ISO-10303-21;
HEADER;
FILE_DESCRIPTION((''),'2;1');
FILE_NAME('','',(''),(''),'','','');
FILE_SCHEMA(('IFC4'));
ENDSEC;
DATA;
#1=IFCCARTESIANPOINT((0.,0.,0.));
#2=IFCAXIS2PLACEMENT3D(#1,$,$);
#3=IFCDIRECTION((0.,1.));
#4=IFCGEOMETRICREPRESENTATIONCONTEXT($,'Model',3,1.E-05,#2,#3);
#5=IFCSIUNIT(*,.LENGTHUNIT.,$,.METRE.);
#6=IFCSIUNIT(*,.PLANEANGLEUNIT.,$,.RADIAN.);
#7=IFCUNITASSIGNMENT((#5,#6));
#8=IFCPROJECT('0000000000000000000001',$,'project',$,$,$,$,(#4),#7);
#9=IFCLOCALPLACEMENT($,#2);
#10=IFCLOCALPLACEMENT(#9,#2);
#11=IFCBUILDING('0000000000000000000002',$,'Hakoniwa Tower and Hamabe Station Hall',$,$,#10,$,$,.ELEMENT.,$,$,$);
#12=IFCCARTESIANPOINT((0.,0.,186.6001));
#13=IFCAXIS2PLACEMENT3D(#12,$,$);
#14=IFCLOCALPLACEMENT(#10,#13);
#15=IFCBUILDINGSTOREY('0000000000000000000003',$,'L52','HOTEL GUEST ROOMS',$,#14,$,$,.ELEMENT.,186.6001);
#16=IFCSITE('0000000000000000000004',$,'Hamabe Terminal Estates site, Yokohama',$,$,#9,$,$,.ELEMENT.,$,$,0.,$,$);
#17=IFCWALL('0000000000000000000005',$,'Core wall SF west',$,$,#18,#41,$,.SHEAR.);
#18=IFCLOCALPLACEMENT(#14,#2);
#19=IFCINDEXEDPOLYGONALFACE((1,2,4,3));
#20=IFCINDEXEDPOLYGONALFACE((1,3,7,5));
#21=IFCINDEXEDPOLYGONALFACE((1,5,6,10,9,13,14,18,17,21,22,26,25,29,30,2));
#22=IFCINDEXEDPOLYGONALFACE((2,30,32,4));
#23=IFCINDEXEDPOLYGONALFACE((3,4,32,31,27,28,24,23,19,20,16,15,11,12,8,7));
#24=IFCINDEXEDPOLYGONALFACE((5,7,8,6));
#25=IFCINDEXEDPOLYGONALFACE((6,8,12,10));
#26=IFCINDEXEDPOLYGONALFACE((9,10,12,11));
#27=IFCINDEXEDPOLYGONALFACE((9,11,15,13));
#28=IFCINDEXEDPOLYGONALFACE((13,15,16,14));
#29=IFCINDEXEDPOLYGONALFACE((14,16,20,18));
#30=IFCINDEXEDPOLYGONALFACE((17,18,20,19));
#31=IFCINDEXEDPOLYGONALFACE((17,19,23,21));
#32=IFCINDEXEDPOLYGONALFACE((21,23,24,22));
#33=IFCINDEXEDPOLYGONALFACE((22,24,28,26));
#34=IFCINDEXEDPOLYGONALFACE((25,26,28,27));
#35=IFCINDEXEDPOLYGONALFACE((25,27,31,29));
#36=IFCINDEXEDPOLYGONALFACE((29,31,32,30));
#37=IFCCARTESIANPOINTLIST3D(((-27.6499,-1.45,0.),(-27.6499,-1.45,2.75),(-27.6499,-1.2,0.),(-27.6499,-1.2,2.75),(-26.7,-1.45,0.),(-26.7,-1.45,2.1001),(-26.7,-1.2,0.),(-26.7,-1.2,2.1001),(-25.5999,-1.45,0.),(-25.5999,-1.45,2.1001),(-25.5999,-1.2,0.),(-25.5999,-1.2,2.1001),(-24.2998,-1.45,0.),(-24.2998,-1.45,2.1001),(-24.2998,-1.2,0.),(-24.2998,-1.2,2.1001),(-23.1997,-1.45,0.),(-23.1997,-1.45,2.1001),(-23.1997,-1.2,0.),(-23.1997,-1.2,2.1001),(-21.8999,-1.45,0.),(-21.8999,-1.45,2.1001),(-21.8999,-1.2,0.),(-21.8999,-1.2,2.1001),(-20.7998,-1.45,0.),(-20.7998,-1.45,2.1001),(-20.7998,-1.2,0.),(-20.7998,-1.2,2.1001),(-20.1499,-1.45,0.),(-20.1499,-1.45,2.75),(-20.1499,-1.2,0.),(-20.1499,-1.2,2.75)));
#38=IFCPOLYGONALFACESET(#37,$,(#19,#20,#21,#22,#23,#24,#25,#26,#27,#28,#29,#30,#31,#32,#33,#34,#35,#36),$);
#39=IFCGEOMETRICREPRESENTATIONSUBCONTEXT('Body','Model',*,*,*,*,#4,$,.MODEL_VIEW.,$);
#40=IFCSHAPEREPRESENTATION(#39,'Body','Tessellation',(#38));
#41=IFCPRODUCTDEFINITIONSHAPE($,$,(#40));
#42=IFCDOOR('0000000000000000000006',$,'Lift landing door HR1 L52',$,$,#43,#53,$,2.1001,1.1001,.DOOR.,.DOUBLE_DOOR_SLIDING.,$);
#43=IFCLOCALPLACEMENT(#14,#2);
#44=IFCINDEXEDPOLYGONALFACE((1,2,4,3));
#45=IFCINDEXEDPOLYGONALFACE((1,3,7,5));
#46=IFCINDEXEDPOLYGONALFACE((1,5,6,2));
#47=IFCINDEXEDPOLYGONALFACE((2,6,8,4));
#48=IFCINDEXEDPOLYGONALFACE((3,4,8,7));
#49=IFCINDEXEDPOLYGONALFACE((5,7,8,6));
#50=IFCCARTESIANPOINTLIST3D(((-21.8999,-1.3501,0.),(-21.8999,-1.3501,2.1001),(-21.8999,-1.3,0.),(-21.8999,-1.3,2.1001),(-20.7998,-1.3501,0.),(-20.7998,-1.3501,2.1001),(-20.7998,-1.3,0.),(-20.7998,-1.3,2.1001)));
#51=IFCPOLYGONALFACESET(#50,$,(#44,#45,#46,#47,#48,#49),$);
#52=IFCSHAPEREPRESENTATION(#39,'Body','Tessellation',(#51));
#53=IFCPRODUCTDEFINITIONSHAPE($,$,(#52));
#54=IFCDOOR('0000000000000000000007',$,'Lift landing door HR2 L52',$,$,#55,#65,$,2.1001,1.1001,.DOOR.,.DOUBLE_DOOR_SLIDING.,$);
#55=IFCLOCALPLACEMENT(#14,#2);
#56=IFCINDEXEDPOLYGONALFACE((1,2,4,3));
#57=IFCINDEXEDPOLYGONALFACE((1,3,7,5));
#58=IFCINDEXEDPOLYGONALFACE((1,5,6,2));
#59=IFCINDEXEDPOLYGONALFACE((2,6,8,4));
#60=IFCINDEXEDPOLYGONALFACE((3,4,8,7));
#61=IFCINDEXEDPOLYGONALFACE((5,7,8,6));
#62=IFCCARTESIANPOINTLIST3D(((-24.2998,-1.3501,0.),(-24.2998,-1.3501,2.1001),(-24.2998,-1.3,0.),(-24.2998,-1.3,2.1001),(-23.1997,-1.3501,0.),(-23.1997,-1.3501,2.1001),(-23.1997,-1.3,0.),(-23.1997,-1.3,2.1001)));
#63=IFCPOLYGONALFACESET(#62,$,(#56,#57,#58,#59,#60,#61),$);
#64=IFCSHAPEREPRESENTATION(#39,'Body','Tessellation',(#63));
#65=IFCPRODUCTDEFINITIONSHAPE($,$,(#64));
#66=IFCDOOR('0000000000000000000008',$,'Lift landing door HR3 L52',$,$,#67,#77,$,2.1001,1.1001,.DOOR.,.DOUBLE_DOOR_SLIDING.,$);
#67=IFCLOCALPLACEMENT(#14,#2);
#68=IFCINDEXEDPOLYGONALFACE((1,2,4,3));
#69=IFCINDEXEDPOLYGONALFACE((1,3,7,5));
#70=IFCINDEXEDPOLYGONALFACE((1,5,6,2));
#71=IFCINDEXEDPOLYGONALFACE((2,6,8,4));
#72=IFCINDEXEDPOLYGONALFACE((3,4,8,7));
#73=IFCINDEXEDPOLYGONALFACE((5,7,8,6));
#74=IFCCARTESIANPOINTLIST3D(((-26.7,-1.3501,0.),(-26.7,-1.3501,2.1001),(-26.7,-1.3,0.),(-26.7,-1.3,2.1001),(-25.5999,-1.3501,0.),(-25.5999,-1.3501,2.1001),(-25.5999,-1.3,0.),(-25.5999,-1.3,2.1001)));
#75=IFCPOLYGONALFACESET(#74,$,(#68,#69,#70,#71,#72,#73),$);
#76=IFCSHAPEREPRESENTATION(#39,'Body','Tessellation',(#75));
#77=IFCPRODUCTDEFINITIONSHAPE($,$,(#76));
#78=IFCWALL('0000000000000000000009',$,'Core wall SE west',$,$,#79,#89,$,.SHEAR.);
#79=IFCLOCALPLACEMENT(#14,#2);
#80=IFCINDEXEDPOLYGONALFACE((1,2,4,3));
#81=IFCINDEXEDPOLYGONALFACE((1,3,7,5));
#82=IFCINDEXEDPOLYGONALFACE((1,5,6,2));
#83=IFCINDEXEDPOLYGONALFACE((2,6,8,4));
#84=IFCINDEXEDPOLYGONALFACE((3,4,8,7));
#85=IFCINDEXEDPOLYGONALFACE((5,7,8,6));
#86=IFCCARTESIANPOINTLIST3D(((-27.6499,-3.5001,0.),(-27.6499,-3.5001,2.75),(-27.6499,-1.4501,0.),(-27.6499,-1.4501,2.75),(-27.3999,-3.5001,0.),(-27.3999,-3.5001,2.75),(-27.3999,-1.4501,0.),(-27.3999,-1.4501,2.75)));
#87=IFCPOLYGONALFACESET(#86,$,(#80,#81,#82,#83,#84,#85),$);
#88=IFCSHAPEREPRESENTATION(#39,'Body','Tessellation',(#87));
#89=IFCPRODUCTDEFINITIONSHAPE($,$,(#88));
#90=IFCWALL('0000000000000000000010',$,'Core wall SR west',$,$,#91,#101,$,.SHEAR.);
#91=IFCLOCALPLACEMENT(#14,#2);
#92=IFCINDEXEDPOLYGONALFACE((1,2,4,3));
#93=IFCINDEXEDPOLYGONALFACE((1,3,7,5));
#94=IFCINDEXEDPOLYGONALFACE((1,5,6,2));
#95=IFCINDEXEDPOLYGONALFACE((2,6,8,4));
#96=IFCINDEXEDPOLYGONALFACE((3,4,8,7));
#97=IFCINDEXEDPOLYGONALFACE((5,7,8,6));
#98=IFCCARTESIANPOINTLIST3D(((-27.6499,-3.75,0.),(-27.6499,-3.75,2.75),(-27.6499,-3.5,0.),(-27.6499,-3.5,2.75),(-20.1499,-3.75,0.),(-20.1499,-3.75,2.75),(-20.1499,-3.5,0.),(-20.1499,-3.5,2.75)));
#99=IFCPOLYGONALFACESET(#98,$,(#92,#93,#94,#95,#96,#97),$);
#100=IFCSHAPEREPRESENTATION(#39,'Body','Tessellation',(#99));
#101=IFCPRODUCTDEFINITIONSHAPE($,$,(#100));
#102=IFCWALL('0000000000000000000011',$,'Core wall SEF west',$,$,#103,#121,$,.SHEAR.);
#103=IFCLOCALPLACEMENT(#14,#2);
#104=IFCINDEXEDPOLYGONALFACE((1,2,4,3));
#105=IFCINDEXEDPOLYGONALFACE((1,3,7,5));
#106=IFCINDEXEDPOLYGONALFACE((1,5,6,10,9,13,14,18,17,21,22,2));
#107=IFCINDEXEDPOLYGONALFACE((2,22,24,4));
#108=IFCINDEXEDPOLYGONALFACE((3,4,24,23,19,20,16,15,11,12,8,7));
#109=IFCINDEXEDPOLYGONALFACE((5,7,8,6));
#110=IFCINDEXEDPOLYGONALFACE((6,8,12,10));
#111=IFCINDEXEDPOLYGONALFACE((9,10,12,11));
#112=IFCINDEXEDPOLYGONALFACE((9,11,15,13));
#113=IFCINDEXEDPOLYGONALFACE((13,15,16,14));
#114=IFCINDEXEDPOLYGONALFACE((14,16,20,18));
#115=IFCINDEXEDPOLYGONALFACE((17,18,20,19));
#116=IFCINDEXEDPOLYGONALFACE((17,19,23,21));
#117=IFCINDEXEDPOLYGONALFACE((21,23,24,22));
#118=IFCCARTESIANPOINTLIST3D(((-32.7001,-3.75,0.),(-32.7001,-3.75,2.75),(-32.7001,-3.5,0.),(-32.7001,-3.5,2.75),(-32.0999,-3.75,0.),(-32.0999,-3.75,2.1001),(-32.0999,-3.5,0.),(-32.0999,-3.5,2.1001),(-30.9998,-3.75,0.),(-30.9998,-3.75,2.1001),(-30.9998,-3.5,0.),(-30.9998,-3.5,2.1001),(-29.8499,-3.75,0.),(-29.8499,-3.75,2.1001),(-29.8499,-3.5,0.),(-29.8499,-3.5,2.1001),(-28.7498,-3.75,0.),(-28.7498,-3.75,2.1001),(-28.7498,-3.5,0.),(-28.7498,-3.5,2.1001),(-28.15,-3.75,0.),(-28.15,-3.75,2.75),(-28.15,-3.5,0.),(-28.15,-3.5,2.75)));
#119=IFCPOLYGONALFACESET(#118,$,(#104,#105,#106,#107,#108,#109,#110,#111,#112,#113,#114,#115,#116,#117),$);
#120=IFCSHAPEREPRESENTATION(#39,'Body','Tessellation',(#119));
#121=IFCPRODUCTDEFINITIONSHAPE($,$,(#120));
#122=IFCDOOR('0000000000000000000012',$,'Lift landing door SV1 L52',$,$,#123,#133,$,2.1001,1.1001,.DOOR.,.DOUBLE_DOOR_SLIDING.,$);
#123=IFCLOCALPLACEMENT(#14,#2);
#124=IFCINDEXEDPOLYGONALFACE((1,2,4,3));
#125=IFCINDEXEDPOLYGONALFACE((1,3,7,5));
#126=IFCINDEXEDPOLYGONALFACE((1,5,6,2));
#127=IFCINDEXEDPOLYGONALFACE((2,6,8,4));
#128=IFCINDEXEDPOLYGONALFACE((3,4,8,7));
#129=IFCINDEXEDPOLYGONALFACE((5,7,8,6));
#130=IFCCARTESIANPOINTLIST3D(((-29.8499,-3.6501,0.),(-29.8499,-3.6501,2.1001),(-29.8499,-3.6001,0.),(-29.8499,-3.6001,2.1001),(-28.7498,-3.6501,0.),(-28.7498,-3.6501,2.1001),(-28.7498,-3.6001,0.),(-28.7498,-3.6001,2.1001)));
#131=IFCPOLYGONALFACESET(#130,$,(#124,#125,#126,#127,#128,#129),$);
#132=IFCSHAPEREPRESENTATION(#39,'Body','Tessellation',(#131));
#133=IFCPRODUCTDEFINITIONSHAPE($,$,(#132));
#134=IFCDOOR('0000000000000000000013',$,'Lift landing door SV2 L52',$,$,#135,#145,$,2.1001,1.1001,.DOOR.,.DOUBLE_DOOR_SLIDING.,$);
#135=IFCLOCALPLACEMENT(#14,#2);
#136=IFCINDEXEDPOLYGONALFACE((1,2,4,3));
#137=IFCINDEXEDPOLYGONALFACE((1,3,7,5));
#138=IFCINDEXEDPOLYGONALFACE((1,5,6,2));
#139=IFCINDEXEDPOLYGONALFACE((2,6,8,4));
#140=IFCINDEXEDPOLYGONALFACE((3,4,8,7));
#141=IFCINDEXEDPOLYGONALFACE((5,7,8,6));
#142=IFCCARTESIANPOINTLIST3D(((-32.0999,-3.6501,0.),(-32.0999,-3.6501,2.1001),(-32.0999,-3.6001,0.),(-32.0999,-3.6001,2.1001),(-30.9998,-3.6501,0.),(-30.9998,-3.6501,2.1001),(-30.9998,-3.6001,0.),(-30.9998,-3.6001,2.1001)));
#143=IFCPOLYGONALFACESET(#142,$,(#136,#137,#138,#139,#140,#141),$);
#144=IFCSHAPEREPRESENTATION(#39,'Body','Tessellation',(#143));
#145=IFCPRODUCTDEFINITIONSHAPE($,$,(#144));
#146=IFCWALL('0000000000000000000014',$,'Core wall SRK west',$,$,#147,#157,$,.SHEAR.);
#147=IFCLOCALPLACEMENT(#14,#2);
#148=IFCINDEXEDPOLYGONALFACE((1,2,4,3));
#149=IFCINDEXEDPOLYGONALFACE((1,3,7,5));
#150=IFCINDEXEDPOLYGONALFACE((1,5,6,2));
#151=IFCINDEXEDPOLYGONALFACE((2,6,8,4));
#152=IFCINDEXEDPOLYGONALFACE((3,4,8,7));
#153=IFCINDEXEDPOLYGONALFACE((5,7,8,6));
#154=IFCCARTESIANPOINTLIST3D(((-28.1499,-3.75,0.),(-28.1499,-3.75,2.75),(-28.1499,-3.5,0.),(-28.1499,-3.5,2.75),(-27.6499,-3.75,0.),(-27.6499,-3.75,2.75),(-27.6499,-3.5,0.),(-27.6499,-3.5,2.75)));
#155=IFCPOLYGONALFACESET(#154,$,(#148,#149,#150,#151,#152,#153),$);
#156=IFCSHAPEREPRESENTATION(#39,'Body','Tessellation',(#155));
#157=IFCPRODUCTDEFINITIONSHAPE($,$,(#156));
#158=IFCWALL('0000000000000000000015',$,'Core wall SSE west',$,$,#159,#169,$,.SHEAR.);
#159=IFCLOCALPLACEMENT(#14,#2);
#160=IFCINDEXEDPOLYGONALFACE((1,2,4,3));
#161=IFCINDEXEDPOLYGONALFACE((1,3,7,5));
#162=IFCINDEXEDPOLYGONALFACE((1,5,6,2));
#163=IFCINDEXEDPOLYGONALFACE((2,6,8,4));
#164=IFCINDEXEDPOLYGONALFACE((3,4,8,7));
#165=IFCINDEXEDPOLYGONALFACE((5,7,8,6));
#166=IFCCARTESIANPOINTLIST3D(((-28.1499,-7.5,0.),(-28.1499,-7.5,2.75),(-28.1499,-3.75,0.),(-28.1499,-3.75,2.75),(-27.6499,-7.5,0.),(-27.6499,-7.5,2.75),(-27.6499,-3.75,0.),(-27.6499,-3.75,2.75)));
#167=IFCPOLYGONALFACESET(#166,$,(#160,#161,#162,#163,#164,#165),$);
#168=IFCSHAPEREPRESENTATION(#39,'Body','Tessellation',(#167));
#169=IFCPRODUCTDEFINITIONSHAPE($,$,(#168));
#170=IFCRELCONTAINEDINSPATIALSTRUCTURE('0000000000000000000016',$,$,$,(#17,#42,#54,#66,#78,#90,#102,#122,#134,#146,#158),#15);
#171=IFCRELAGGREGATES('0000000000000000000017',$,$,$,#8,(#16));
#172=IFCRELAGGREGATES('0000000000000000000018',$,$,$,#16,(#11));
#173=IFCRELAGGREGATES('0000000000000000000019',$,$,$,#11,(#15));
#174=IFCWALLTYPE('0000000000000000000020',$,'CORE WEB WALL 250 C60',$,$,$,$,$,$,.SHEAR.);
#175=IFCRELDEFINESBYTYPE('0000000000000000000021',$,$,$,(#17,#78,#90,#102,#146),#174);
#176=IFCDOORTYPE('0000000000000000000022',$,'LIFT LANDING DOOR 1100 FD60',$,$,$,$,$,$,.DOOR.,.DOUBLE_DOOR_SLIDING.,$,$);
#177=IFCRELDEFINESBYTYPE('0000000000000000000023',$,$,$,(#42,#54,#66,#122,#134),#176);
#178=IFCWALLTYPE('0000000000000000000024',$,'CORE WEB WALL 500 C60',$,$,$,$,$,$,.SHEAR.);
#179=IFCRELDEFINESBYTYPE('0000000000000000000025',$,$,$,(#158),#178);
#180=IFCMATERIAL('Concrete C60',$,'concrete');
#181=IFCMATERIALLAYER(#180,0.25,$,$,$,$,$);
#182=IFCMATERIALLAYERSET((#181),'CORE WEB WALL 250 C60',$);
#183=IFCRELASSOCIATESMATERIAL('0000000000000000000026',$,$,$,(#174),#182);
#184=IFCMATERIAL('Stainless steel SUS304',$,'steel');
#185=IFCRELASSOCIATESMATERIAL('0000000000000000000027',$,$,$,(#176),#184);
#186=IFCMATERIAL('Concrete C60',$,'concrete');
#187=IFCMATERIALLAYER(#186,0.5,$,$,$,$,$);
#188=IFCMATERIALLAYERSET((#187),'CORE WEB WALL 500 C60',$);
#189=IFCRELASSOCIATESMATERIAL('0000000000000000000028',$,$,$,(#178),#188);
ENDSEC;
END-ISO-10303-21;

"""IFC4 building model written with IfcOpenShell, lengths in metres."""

from ifc_helpers import new_model, si_unit, direction, frame, frame_2d, origin, place, context, subcontext, project, spatial, rectangle, extrude, material, layer, layer_set, type_object, element, fill, save


model = new_model("IFC4")

# Units and contexts
model_context = context("Model", 3, precision=1e-05, world=origin(), true_north=direction((0.0, 1.0)))
body_context = subcontext(model_context, "Body", "Model", "MODEL_VIEW")
ifc_project = project(units=[si_unit("LENGTHUNIT", "METRE"), si_unit("PLANEANGLEUNIT", "RADIAN")], contexts=[model_context])

# Site, building, storey
site_placement = place(None, origin())
site = spatial("IfcSite", under=ifc_project, at=site_placement, Name="Hamabe Terminal Estates site, Yokohama", CompositionType="ELEMENT", RefElevation=0.0)
building_placement = place(site_placement, origin())
building = spatial("IfcBuilding", under=site, at=building_placement, Name="Hakoniwa Tower and Hamabe Station Hall", CompositionType="ELEMENT")
storey_placement = place(building_placement, frame((0.0, 0.0, 186.6001)))
storey = spatial("IfcBuildingStorey", under=building, at=storey_placement, Name="L52", Description="HOTEL GUEST ROOMS", CompositionType="ELEMENT", Elevation=186.6001)

# Shared definitions
ifc_material_1 = material(Name="Concrete C60", Category="concrete")
ifc_layer_1 = layer(ifc_material_1, 0.25)
ifc_layer_set_1 = layer_set([ifc_layer_1], Name="CORE WEB WALL 250 C60")
wall_type_1 = type_object("IfcWallType", Name="CORE WEB WALL 250 C60", PredefinedType="SHEAR", material=ifc_layer_set_1)

# Wall, openings, doors
wall_1_placement = place(storey_placement, frame((-27.6499, -1.325, 0.0), z_axis=(0.0, 0.0, 1.0), x_axis=(1.0, 0.0, 0.0)))
wall_1 = element("IfcWall", 1, at=wall_1_placement, inside=storey, type_object=wall_type_1, Name="Core wall SF west", PredefinedType="SHEAR", context=body_context, shape_type="SweptSolid", body=[
    extrude(rectangle(XDim=7.5, YDim=0.25, at=frame_2d((3.75, 0.0))), origin(), (0.0, 0.0, 1.0), 2.75),
])
opening_1_placement = place(wall_1_placement, frame((5.75, 0.0, 0.0)))
opening_1 = element("IfcOpeningElement", 2, at=opening_1_placement, cuts=wall_1, PredefinedType="OPENING", context=body_context, shape_type="SweptSolid", body=[
    extrude(rectangle(XDim=1.1001, YDim=2.1001, at=frame_2d((0.55, 1.05))), frame((0.0, 0.135, 0.0), z_axis=(0.0, -1.0, 0.0), x_axis=(1.0, 0.0, 0.0)), (0.0, 0.0, 1.0), 0.27),
])
opening_2_placement = place(wall_1_placement, frame((3.3501, 0.0, 0.0)))
opening_2 = element("IfcOpeningElement", 3, at=opening_2_placement, cuts=wall_1, PredefinedType="OPENING", context=body_context, shape_type="SweptSolid", body=[
    extrude(rectangle(XDim=1.1001, YDim=2.1001, at=frame_2d((0.55, 1.05))), frame((0.0, 0.135, 0.0), z_axis=(0.0, -1.0, 0.0), x_axis=(1.0, 0.0, 0.0)), (0.0, 0.0, 1.0), 0.27),
])
opening_3_placement = place(wall_1_placement, frame((0.95, 0.0, 0.0)))
opening_3 = element("IfcOpeningElement", 4, at=opening_3_placement, cuts=wall_1, PredefinedType="OPENING", context=body_context, shape_type="SweptSolid", body=[
    extrude(rectangle(XDim=1.1001, YDim=2.1001, at=frame_2d((0.55, 1.05))), frame((0.0, 0.135, 0.0), z_axis=(0.0, -1.0, 0.0), x_axis=(1.0, 0.0, 0.0)), (0.0, 0.0, 1.0), 0.27),
])
ifc_material_2 = material(Name="Stainless steel SUS304", Category="steel")
door_type_1 = type_object("IfcDoorType", Name="LIFT LANDING DOOR 1100 FD60", OperationType="DOUBLE_DOOR_SLIDING", PredefinedType="DOOR", material=ifc_material_2)
door_1_placement = place(opening_1_placement, origin())
door_1 = element("IfcDoor", 5, at=door_1_placement, inside=storey, type_object=door_type_1, Name="Lift landing door HR1 L52", OperationType="DOUBLE_DOOR_SLIDING", OverallHeight=2.1001, OverallWidth=1.1001, PredefinedType="DOOR", context=body_context, shape_type="SweptSolid", body=[
    extrude(rectangle(XDim=1.1001, YDim=2.1001, at=frame_2d((0.55, 1.05))), frame((0.0, 0.0249, 0.0), z_axis=(0.0, -1.0, 0.0), x_axis=(1.0, 0.0, 0.0)), (0.0, 0.0, 1.0), 0.05),
])
fill(opening_1, door_1)
door_2_placement = place(opening_2_placement, origin())
door_2 = element("IfcDoor", 6, at=door_2_placement, inside=storey, type_object=door_type_1, Name="Lift landing door HR2 L52", OperationType="DOUBLE_DOOR_SLIDING", OverallHeight=2.1001, OverallWidth=1.1001, PredefinedType="DOOR", context=body_context, shape_type="SweptSolid", body=[
    extrude(rectangle(XDim=1.1001, YDim=2.1001, at=frame_2d((0.55, 1.05))), frame((0.0, 0.0249, 0.0), z_axis=(0.0, -1.0, 0.0), x_axis=(1.0, 0.0, 0.0)), (0.0, 0.0, 1.0), 0.05),
])
fill(opening_2, door_2)
door_3_placement = place(opening_3_placement, origin())
door_3 = element("IfcDoor", 7, at=door_3_placement, inside=storey, type_object=door_type_1, Name="Lift landing door HR3 L52", OperationType="DOUBLE_DOOR_SLIDING", OverallHeight=2.1001, OverallWidth=1.1001, PredefinedType="DOOR", context=body_context, shape_type="SweptSolid", body=[
    extrude(rectangle(XDim=1.1001, YDim=2.1001, at=frame_2d((0.55, 1.05))), frame((0.0, 0.0249, 0.0), z_axis=(0.0, -1.0, 0.0), x_axis=(1.0, 0.0, 0.0)), (0.0, 0.0, 1.0), 0.05),
])
fill(opening_3, door_3)

# Walls
wall_2_placement = place(storey_placement, frame((-27.5249, -3.5, 0.0), z_axis=(0.0, 0.0, 1.0), x_axis=(0.0, 1.0, 0.0)))
element("IfcWall", 8, at=wall_2_placement, inside=storey, type_object=wall_type_1, Name="Core wall SE west", PredefinedType="SHEAR", context=body_context, shape_type="SweptSolid", body=[
    extrude(rectangle(XDim=2.05, YDim=0.25, at=frame_2d((1.0249, 0.0))), origin(), (0.0, 0.0, 1.0), 2.75),
])
wall_3_placement = place(storey_placement, frame((-27.6499, -3.625, 0.0), z_axis=(0.0, 0.0, 1.0), x_axis=(1.0, 0.0, 0.0)))
element("IfcWall", 9, at=wall_3_placement, inside=storey, type_object=wall_type_1, Name="Core wall SR west", PredefinedType="SHEAR", context=body_context, shape_type="SweptSolid", body=[
    extrude(rectangle(XDim=7.5, YDim=0.25, at=frame_2d((3.75, 0.0))), origin(), (0.0, 0.0, 1.0), 2.75),
])

# Wall, openings, doors
wall_4_placement = place(storey_placement, frame((-32.7, -3.625, 0.0), z_axis=(0.0, 0.0, 1.0), x_axis=(1.0, 0.0, 0.0)))
wall_4 = element("IfcWall", 10, at=wall_4_placement, inside=storey, type_object=wall_type_1, Name="Core wall SEF west", PredefinedType="SHEAR", context=body_context, shape_type="SweptSolid", body=[
    extrude(rectangle(XDim=4.55, YDim=0.25, at=frame_2d((2.2749, 0.0))), origin(), (0.0, 0.0, 1.0), 2.75),
])
opening_4_placement = place(wall_4_placement, frame((2.8501, 0.0, 0.0)))
opening_4 = element("IfcOpeningElement", 11, at=opening_4_placement, cuts=wall_4, PredefinedType="OPENING", context=body_context, shape_type="SweptSolid", body=[
    extrude(rectangle(XDim=1.1001, YDim=2.1001, at=frame_2d((0.55, 1.05))), frame((0.0, 0.135, 0.0), z_axis=(0.0, -1.0, 0.0), x_axis=(1.0, 0.0, 0.0)), (0.0, 0.0, 1.0), 0.27),
])
opening_5_placement = place(wall_4_placement, frame((0.6001, 0.0, 0.0)))
opening_5 = element("IfcOpeningElement", 12, at=opening_5_placement, cuts=wall_4, PredefinedType="OPENING", context=body_context, shape_type="SweptSolid", body=[
    extrude(rectangle(XDim=1.1001, YDim=2.1001, at=frame_2d((0.55, 1.05))), frame((0.0, 0.135, 0.0), z_axis=(0.0, -1.0, 0.0), x_axis=(1.0, 0.0, 0.0)), (0.0, 0.0, 1.0), 0.27),
])
door_4_placement = place(opening_4_placement, origin())
door_4 = element("IfcDoor", 13, at=door_4_placement, inside=storey, type_object=door_type_1, Name="Lift landing door SV1 L52", OperationType="DOUBLE_DOOR_SLIDING", OverallHeight=2.1001, OverallWidth=1.1001, PredefinedType="DOOR", context=body_context, shape_type="SweptSolid", body=[
    extrude(rectangle(XDim=1.1001, YDim=2.1001, at=frame_2d((0.55, 1.05))), frame((0.0, 0.0249, 0.0), z_axis=(0.0, -1.0, 0.0), x_axis=(1.0, 0.0, 0.0)), (0.0, 0.0, 1.0), 0.05),
])
fill(opening_4, door_4)
door_5_placement = place(opening_5_placement, origin())
door_5 = element("IfcDoor", 14, at=door_5_placement, inside=storey, type_object=door_type_1, Name="Lift landing door SV2 L52", OperationType="DOUBLE_DOOR_SLIDING", OverallHeight=2.1001, OverallWidth=1.1001, PredefinedType="DOOR", context=body_context, shape_type="SweptSolid", body=[
    extrude(rectangle(XDim=1.1001, YDim=2.1001, at=frame_2d((0.55, 1.05))), frame((0.0, 0.0249, 0.0), z_axis=(0.0, -1.0, 0.0), x_axis=(1.0, 0.0, 0.0)), (0.0, 0.0, 1.0), 0.05),
])
fill(opening_5, door_5)

# Walls
wall_5_placement = place(storey_placement, frame((-28.1499, -3.625, 0.0), z_axis=(0.0, 0.0, 1.0), x_axis=(1.0, 0.0, 0.0)))
element("IfcWall", 15, at=wall_5_placement, inside=storey, type_object=wall_type_1, Name="Core wall SRK west", PredefinedType="SHEAR", context=body_context, shape_type="SweptSolid", body=[
    extrude(rectangle(XDim=0.5, YDim=0.25, at=frame_2d((0.25, 0.0))), origin(), (0.0, 0.0, 1.0), 2.75),
])
ifc_material_3 = material(Name="Concrete C60", Category="concrete")
ifc_layer_2 = layer(ifc_material_3, 0.5)
ifc_layer_set_2 = layer_set([ifc_layer_2], Name="CORE WEB WALL 500 C60")
wall_type_2 = type_object("IfcWallType", Name="CORE WEB WALL 500 C60", PredefinedType="SHEAR", material=ifc_layer_set_2)
wall_6_placement = place(storey_placement, frame((-27.8999, -7.5, 0.0), z_axis=(0.0, 0.0, 1.0), x_axis=(0.0, 1.0, 0.0)))
element("IfcWall", 16, at=wall_6_placement, inside=storey, type_object=wall_type_2, Name="Core wall SSE west", PredefinedType="SHEAR", context=body_context, shape_type="SweptSolid", body=[
    extrude(rectangle(XDim=3.75, YDim=0.5, at=frame_2d((1.875, 0.0))), origin(), (0.0, 0.0, 1.0), 2.75),
])

save(model, "model.ifc")
